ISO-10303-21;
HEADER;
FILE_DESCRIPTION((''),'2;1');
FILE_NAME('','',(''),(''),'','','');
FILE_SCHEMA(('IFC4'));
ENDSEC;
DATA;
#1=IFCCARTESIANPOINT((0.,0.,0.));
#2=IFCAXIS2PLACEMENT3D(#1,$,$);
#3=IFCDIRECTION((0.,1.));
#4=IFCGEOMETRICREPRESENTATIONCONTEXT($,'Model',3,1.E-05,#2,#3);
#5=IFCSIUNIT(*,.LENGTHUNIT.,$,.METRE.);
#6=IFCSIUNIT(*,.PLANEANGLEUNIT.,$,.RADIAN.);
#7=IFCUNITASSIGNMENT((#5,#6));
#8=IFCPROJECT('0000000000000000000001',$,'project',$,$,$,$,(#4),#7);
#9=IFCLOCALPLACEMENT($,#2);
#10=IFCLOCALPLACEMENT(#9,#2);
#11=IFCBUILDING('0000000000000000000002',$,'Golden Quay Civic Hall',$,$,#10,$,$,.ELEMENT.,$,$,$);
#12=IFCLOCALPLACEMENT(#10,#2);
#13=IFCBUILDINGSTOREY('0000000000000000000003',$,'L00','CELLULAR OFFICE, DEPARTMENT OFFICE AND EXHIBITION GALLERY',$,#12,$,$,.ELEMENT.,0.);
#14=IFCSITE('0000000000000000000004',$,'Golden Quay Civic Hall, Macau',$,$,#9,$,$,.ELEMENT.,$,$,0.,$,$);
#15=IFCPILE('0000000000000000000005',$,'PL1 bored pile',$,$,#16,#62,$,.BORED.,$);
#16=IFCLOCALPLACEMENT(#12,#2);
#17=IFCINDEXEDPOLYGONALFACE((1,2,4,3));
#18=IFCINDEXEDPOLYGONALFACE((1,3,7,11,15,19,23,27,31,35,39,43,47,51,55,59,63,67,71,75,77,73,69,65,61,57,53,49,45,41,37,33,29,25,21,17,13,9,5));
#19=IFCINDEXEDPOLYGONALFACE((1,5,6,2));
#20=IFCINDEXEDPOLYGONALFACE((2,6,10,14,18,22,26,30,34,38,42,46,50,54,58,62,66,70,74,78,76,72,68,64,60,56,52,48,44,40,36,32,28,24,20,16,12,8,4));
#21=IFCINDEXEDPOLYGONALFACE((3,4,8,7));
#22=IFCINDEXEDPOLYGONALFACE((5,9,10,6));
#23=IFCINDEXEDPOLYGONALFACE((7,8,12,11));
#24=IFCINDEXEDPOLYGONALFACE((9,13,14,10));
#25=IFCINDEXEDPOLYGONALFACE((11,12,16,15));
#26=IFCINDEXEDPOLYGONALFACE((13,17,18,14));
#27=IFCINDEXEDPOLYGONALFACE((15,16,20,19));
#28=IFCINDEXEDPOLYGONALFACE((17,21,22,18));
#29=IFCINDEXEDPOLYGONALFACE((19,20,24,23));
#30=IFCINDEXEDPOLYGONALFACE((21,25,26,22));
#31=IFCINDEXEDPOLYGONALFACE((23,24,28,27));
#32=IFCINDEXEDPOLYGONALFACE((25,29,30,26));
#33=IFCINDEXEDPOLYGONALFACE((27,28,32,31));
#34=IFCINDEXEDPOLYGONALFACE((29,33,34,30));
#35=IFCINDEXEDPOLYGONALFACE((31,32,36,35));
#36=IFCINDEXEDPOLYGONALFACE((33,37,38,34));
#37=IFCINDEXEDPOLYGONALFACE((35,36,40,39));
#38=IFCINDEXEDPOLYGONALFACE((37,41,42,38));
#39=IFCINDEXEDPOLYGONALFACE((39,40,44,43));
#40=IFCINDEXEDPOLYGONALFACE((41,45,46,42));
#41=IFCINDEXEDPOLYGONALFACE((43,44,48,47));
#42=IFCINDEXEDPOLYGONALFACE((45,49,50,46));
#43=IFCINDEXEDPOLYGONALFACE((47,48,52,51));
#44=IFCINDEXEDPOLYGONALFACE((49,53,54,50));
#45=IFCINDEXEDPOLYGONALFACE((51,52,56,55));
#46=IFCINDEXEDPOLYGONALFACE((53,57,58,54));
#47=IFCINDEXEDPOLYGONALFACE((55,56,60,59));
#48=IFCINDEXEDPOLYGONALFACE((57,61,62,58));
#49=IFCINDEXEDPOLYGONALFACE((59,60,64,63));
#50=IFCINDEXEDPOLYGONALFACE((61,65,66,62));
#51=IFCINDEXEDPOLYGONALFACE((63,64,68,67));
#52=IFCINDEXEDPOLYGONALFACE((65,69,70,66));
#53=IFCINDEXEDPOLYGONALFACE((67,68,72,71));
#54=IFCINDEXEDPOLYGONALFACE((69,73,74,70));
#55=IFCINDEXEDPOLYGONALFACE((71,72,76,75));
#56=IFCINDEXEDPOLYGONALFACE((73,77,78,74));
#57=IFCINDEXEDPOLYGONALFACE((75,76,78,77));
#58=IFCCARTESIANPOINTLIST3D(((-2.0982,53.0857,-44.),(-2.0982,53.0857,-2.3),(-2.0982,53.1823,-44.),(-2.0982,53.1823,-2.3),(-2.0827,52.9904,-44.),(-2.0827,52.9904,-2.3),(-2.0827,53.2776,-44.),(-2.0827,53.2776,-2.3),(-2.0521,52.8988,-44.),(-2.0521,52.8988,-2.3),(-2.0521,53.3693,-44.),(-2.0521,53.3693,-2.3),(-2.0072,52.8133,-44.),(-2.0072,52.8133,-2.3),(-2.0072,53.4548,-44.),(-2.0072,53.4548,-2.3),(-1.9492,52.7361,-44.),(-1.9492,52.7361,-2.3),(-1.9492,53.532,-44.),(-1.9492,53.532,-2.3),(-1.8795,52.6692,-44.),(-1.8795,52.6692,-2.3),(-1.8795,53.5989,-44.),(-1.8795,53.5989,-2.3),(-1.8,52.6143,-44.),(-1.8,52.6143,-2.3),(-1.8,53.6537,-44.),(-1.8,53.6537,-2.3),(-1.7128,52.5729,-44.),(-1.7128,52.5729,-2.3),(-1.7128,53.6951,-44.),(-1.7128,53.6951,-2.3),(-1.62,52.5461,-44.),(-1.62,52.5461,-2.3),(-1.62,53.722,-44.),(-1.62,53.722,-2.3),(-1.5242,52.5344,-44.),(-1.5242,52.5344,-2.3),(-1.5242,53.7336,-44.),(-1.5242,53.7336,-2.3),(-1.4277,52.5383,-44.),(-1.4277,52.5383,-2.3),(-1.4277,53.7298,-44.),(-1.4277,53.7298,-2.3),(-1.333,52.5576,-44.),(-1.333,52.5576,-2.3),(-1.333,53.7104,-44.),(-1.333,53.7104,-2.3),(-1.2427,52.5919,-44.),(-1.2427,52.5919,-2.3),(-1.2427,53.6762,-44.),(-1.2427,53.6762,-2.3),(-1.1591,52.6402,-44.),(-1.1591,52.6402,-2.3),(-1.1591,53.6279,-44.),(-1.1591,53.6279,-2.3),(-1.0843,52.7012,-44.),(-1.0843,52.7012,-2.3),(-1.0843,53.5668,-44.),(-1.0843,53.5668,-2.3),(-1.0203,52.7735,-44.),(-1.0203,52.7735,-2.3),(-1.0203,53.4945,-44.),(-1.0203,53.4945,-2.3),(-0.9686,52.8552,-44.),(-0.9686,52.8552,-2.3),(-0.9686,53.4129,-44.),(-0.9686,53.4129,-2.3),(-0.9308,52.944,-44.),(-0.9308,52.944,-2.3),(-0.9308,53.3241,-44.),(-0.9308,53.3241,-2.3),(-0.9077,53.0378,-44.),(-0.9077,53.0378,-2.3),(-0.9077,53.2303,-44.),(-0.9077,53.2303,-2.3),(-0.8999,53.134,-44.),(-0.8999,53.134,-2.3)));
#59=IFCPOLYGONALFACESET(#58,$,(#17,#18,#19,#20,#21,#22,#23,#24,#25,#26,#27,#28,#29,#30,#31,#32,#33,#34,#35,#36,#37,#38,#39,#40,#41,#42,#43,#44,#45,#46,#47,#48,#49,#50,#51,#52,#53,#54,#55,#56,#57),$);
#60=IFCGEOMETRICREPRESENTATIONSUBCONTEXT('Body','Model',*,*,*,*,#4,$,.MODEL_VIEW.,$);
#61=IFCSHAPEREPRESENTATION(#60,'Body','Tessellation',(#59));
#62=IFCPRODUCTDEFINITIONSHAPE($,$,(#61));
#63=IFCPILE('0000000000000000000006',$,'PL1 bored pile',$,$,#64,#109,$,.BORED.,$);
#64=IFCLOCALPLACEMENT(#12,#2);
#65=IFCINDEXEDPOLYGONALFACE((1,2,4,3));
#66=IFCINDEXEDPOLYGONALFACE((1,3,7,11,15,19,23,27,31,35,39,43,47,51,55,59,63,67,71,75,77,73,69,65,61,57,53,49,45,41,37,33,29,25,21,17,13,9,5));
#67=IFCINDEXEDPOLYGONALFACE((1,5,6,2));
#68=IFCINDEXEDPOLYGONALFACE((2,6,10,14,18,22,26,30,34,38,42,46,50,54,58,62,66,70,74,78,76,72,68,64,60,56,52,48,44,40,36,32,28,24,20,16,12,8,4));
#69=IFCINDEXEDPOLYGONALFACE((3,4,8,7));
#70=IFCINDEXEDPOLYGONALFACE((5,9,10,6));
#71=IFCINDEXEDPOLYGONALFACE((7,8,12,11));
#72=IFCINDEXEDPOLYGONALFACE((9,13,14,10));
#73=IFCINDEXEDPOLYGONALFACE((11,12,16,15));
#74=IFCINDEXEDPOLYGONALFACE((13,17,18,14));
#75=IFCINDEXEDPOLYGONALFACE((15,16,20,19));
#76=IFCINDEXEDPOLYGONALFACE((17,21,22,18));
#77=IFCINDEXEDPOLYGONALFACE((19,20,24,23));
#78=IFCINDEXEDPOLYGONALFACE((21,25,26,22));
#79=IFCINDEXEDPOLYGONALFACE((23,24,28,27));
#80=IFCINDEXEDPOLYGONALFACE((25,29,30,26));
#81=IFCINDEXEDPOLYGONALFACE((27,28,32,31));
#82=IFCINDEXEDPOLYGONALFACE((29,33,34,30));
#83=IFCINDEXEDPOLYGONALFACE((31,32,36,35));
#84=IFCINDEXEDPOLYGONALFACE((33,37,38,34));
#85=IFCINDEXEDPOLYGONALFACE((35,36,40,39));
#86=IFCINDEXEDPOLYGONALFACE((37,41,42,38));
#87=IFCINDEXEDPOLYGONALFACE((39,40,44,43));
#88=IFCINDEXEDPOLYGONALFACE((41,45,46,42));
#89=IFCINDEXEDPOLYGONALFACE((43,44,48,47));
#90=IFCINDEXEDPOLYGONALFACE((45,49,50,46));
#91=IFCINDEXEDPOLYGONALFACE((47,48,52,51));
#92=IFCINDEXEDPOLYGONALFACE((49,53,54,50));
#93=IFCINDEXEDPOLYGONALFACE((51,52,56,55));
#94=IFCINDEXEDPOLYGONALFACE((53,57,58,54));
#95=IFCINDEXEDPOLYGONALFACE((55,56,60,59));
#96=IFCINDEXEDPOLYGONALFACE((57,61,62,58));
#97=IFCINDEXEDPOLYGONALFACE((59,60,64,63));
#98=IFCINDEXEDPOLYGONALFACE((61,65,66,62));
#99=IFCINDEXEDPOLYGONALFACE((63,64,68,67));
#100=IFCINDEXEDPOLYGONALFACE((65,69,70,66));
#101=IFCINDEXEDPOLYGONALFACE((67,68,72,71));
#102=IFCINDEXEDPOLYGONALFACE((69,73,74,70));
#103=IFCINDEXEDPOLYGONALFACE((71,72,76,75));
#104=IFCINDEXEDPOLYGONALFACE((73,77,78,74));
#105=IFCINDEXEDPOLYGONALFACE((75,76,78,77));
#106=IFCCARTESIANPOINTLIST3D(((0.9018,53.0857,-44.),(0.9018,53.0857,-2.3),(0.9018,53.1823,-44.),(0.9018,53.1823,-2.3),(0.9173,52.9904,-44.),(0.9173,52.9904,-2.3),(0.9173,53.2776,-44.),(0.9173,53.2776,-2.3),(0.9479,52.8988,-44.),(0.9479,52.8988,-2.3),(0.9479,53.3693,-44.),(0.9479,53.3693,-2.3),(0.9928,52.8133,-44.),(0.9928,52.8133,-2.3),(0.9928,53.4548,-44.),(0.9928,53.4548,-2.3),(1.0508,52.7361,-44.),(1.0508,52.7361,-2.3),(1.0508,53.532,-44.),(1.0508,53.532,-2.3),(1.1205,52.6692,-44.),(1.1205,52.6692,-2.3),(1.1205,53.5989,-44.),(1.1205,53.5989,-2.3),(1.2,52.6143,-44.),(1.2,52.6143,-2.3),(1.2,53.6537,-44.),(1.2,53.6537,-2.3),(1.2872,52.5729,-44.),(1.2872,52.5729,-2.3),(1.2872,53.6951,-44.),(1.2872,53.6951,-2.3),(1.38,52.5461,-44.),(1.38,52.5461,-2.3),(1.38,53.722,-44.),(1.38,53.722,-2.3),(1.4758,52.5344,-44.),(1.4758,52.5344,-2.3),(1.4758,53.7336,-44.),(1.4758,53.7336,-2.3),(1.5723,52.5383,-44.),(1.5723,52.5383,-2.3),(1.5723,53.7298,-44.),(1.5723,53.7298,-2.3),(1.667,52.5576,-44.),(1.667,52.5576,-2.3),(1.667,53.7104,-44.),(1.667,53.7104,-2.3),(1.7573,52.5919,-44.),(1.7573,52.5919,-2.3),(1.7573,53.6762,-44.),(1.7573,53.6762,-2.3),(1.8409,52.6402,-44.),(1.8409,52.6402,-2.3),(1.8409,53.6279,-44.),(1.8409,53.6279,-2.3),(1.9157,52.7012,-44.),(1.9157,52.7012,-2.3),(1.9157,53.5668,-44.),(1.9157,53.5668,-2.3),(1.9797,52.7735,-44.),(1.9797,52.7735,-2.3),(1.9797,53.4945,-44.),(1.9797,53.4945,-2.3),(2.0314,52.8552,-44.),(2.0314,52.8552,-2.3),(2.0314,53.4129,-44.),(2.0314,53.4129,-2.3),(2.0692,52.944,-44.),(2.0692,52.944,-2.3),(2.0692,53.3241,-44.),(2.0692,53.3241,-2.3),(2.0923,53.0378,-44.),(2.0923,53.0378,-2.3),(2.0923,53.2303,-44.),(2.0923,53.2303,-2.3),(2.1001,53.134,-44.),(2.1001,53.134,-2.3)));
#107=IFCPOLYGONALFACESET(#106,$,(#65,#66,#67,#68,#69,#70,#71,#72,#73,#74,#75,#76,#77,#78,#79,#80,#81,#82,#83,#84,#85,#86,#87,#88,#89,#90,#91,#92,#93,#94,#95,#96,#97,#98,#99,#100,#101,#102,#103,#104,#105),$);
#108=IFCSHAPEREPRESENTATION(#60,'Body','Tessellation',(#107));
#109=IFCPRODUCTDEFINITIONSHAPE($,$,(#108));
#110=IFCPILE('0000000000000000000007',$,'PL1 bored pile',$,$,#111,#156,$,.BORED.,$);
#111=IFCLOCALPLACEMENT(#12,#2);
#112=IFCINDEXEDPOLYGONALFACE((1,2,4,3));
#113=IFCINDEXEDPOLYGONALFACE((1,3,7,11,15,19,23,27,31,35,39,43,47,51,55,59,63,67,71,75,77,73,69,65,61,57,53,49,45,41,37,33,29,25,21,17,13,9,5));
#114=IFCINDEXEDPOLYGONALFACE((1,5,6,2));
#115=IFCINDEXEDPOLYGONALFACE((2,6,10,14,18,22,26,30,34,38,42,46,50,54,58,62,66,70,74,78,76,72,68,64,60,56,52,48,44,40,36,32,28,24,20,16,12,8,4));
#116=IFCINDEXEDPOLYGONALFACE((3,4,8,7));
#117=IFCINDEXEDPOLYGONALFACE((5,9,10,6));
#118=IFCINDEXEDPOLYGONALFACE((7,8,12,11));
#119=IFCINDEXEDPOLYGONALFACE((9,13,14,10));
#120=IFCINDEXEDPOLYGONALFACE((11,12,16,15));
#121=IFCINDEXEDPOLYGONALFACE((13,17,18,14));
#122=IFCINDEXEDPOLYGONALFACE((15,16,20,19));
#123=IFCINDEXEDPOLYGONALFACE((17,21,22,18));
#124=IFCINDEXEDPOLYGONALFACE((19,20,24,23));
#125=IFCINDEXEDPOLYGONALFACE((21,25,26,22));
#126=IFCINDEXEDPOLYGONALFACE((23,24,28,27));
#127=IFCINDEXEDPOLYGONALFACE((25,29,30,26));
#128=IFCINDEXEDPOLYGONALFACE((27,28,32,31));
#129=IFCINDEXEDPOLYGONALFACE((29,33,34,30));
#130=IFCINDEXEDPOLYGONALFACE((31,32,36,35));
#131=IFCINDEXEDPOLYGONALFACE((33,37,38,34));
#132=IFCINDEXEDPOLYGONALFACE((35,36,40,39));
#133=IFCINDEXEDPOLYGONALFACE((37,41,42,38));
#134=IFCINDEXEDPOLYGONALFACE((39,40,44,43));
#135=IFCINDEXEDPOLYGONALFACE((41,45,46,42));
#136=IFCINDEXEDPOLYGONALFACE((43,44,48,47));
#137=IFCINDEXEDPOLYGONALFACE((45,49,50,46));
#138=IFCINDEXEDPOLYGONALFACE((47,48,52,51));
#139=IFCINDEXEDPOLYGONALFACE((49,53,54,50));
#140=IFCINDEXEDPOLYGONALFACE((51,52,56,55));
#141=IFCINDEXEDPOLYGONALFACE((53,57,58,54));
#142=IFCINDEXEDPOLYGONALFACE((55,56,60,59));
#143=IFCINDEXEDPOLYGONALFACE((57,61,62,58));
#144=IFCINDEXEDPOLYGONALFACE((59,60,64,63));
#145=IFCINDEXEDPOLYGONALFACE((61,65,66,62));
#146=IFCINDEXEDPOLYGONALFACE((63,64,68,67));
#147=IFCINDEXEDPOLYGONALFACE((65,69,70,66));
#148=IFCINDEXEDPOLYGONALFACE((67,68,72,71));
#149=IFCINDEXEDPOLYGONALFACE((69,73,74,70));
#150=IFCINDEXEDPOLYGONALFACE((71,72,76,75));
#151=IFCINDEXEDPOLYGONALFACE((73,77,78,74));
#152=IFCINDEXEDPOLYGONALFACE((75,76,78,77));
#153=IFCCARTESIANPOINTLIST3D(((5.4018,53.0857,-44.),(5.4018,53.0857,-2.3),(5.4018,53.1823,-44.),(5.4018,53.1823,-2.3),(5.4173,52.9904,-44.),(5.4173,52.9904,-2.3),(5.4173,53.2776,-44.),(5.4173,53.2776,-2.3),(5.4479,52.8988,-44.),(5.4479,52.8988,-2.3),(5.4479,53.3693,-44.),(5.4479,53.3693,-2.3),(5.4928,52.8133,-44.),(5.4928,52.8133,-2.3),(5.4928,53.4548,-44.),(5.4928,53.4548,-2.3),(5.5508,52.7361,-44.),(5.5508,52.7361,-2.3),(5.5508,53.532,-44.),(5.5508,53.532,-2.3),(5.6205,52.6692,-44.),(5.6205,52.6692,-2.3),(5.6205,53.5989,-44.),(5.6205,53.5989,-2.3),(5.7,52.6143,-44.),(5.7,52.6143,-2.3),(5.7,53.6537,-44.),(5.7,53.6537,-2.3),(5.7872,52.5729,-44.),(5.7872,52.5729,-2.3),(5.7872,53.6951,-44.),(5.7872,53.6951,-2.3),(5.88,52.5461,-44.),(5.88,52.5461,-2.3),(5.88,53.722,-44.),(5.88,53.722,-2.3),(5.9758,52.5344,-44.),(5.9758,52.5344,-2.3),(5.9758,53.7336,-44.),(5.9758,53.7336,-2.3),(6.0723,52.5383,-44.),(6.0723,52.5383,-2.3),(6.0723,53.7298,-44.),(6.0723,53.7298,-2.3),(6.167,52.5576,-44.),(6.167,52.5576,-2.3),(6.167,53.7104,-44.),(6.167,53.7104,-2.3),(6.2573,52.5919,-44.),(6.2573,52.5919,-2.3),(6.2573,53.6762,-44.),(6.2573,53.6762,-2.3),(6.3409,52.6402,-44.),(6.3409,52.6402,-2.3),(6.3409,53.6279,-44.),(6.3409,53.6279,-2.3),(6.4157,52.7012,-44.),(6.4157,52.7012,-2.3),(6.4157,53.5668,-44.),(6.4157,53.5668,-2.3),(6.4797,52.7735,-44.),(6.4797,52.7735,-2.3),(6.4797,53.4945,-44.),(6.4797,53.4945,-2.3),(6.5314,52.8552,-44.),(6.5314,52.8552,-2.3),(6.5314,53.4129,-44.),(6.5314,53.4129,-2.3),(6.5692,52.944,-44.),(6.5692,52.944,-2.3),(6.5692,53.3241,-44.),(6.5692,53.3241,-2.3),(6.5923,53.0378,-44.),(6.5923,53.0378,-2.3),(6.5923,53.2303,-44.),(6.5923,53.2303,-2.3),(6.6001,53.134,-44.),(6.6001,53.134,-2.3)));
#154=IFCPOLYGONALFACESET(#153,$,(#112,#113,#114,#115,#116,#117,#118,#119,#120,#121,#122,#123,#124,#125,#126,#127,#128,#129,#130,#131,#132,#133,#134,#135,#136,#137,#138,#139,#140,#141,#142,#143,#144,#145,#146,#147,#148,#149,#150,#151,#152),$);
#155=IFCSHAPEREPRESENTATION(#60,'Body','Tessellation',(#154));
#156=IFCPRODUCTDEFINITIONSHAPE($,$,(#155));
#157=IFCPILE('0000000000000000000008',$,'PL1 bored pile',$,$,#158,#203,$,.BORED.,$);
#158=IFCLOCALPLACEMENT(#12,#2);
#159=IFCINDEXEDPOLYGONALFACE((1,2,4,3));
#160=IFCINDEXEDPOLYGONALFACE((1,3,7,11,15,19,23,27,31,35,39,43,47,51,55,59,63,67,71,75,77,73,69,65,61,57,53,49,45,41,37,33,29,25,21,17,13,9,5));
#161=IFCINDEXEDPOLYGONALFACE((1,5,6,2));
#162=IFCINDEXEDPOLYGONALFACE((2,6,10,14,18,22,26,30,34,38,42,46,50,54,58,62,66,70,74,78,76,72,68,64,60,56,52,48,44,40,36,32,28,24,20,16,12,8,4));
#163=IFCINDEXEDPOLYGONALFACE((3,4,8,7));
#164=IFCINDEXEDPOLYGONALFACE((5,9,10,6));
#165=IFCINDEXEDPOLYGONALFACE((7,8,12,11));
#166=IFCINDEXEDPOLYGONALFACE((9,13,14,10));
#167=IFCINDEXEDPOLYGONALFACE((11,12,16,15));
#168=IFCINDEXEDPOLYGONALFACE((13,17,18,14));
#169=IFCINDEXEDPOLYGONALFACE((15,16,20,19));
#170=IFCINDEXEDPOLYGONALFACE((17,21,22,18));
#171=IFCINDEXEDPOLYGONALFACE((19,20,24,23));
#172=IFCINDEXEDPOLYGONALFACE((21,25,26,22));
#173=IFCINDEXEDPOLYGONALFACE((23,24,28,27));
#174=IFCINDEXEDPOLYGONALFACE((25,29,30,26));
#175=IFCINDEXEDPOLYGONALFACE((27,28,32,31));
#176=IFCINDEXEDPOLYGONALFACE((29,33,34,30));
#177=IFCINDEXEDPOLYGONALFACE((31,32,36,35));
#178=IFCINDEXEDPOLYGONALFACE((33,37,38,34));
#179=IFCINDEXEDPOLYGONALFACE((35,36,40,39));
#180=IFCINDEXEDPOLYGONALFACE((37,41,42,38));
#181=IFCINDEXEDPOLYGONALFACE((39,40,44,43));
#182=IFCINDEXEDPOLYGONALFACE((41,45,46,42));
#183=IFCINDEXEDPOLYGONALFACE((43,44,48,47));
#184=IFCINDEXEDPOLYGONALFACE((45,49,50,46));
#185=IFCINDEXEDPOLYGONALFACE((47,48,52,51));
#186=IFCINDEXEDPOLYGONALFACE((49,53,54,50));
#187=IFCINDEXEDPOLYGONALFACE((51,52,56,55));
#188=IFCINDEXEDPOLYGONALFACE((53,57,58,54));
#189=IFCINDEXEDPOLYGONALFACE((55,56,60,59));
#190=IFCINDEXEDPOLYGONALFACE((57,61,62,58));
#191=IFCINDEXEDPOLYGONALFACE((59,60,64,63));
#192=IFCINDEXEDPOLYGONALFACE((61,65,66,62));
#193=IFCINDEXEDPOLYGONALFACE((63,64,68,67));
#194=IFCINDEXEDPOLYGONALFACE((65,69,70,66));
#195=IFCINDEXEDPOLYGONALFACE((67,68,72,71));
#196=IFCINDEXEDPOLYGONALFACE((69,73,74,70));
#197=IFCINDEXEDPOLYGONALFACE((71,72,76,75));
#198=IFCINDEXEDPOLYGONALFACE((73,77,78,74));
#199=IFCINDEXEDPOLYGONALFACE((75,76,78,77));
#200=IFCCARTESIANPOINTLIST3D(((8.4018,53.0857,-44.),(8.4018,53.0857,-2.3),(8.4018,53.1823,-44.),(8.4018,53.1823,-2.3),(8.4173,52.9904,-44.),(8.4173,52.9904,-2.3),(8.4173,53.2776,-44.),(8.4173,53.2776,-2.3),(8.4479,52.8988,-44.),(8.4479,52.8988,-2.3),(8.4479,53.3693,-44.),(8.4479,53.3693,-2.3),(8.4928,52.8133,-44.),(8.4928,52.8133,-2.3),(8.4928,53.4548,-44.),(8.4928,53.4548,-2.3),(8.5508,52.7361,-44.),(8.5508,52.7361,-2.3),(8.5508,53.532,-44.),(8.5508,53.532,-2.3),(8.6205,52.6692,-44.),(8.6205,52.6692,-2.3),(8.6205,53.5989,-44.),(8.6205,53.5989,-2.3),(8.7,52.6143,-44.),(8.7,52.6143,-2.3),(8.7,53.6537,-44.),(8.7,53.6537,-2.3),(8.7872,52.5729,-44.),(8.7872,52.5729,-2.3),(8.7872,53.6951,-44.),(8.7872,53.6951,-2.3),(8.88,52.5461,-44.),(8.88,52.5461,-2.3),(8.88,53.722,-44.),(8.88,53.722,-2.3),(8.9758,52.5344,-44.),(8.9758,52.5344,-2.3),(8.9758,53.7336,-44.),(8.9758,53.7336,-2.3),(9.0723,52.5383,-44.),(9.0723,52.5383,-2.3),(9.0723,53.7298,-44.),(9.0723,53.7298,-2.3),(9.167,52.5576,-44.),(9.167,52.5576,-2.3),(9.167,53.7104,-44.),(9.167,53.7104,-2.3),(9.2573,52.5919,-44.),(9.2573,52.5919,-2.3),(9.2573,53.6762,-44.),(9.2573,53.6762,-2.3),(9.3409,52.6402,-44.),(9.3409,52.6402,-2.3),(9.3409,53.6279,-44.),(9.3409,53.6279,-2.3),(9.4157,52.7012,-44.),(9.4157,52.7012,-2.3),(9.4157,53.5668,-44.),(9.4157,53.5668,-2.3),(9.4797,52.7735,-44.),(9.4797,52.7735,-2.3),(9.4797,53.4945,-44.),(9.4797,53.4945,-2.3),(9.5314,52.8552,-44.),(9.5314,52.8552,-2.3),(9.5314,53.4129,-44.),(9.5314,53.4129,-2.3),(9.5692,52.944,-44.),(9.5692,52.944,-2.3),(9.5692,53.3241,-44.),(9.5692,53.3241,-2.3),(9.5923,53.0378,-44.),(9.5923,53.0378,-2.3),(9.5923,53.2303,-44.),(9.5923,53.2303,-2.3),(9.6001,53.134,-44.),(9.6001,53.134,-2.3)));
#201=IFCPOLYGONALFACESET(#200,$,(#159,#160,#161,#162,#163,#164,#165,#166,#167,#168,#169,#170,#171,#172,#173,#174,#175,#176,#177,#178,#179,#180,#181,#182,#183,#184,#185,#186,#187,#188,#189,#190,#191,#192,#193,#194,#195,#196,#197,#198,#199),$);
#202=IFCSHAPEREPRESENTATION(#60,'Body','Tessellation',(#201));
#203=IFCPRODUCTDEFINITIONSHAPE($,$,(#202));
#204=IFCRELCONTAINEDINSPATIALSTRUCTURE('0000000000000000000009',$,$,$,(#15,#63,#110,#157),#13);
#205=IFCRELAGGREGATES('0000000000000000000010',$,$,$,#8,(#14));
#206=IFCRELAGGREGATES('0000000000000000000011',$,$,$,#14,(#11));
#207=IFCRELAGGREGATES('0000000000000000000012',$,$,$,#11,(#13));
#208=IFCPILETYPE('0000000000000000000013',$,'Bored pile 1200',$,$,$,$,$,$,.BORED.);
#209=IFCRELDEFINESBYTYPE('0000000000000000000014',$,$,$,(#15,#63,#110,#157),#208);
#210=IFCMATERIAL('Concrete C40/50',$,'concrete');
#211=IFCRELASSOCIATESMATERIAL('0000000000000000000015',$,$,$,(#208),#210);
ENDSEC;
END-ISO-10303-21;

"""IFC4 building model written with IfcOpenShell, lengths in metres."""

from ifc_helpers import new_model, si_unit, direction, frame, origin, origin_2d, place, context, subcontext, project, spatial, circle, extrude, material, material_profile, profile_set, type_object, element, save


model = new_model("IFC4")

# Units and contexts
model_context = context("Model", 3, precision=1e-05, world=origin(), true_north=direction((0.0, 1.0)))
body_context = subcontext(model_context, "Body", "Model", "MODEL_VIEW")
ifc_project = project(units=[si_unit("LENGTHUNIT", "METRE"), si_unit("PLANEANGLEUNIT", "RADIAN")], contexts=[model_context])

# Site, building, storey
site_placement = place(None, origin())
site = spatial("IfcSite", under=ifc_project, at=site_placement, Name="Golden Quay Civic Hall, Macau", CompositionType="ELEMENT", RefElevation=0.0)
building_placement = place(site_placement, origin())
building = spatial("IfcBuilding", under=site, at=building_placement, Name="Golden Quay Civic Hall", CompositionType="ELEMENT")
storey_placement = place(building_placement, origin())
storey = spatial("IfcBuildingStorey", under=building, at=storey_placement, Name="L00", Description="CELLULAR OFFICE, DEPARTMENT OFFICE AND EXHIBITION GALLERY", CompositionType="ELEMENT", Elevation=0.0)

# Piles
ifc_material_1 = material(Name="Concrete C40/50", Category="concrete")
ifc_material_profile_1 = material_profile(ifc_material_1, circle(Radius=0.6001, at=origin_2d()), Name="RC D1200")
ifc_profile_set_1 = profile_set([ifc_material_profile_1], Name="Concrete C40/50")
pile_type = type_object("IfcPileType", Name="Bored pile 1200", PredefinedType="BORED", material=ifc_profile_set_1)
for number, where, z_axis, x_axis, name in (
    (1, (-1.5, 53.134, -2.3), (0.0, 0.0, -1.0), (1.0, 0.0, 0.0), "PL1 bored pile"),
    (2, (1.5, 53.134, -2.3), (0.0, 0.0, -1.0), (1.0, 0.0, 0.0), "PL1 bored pile"),
    (3, (6.0, 53.134, -2.3), (0.0, 0.0, -1.0), (1.0, 0.0, 0.0), "PL1 bored pile"),
    (4, (9.0, 53.134, -2.3), (0.0, 0.0, -1.0), (1.0, 0.0, 0.0), "PL1 bored pile"),
):
    element("IfcPile", number, at=place(storey_placement, frame(where, z_axis=z_axis, x_axis=x_axis)), inside=storey, type_object=pile_type, Name=name, PredefinedType="BORED", context=body_context, shape_type="SweptSolid", body=[
        extrude(circle(Radius=0.6001, at=origin_2d()), origin(), (0.0, 0.0, 1.0), 41.7),
    ])

save(model, "model.ifc")
